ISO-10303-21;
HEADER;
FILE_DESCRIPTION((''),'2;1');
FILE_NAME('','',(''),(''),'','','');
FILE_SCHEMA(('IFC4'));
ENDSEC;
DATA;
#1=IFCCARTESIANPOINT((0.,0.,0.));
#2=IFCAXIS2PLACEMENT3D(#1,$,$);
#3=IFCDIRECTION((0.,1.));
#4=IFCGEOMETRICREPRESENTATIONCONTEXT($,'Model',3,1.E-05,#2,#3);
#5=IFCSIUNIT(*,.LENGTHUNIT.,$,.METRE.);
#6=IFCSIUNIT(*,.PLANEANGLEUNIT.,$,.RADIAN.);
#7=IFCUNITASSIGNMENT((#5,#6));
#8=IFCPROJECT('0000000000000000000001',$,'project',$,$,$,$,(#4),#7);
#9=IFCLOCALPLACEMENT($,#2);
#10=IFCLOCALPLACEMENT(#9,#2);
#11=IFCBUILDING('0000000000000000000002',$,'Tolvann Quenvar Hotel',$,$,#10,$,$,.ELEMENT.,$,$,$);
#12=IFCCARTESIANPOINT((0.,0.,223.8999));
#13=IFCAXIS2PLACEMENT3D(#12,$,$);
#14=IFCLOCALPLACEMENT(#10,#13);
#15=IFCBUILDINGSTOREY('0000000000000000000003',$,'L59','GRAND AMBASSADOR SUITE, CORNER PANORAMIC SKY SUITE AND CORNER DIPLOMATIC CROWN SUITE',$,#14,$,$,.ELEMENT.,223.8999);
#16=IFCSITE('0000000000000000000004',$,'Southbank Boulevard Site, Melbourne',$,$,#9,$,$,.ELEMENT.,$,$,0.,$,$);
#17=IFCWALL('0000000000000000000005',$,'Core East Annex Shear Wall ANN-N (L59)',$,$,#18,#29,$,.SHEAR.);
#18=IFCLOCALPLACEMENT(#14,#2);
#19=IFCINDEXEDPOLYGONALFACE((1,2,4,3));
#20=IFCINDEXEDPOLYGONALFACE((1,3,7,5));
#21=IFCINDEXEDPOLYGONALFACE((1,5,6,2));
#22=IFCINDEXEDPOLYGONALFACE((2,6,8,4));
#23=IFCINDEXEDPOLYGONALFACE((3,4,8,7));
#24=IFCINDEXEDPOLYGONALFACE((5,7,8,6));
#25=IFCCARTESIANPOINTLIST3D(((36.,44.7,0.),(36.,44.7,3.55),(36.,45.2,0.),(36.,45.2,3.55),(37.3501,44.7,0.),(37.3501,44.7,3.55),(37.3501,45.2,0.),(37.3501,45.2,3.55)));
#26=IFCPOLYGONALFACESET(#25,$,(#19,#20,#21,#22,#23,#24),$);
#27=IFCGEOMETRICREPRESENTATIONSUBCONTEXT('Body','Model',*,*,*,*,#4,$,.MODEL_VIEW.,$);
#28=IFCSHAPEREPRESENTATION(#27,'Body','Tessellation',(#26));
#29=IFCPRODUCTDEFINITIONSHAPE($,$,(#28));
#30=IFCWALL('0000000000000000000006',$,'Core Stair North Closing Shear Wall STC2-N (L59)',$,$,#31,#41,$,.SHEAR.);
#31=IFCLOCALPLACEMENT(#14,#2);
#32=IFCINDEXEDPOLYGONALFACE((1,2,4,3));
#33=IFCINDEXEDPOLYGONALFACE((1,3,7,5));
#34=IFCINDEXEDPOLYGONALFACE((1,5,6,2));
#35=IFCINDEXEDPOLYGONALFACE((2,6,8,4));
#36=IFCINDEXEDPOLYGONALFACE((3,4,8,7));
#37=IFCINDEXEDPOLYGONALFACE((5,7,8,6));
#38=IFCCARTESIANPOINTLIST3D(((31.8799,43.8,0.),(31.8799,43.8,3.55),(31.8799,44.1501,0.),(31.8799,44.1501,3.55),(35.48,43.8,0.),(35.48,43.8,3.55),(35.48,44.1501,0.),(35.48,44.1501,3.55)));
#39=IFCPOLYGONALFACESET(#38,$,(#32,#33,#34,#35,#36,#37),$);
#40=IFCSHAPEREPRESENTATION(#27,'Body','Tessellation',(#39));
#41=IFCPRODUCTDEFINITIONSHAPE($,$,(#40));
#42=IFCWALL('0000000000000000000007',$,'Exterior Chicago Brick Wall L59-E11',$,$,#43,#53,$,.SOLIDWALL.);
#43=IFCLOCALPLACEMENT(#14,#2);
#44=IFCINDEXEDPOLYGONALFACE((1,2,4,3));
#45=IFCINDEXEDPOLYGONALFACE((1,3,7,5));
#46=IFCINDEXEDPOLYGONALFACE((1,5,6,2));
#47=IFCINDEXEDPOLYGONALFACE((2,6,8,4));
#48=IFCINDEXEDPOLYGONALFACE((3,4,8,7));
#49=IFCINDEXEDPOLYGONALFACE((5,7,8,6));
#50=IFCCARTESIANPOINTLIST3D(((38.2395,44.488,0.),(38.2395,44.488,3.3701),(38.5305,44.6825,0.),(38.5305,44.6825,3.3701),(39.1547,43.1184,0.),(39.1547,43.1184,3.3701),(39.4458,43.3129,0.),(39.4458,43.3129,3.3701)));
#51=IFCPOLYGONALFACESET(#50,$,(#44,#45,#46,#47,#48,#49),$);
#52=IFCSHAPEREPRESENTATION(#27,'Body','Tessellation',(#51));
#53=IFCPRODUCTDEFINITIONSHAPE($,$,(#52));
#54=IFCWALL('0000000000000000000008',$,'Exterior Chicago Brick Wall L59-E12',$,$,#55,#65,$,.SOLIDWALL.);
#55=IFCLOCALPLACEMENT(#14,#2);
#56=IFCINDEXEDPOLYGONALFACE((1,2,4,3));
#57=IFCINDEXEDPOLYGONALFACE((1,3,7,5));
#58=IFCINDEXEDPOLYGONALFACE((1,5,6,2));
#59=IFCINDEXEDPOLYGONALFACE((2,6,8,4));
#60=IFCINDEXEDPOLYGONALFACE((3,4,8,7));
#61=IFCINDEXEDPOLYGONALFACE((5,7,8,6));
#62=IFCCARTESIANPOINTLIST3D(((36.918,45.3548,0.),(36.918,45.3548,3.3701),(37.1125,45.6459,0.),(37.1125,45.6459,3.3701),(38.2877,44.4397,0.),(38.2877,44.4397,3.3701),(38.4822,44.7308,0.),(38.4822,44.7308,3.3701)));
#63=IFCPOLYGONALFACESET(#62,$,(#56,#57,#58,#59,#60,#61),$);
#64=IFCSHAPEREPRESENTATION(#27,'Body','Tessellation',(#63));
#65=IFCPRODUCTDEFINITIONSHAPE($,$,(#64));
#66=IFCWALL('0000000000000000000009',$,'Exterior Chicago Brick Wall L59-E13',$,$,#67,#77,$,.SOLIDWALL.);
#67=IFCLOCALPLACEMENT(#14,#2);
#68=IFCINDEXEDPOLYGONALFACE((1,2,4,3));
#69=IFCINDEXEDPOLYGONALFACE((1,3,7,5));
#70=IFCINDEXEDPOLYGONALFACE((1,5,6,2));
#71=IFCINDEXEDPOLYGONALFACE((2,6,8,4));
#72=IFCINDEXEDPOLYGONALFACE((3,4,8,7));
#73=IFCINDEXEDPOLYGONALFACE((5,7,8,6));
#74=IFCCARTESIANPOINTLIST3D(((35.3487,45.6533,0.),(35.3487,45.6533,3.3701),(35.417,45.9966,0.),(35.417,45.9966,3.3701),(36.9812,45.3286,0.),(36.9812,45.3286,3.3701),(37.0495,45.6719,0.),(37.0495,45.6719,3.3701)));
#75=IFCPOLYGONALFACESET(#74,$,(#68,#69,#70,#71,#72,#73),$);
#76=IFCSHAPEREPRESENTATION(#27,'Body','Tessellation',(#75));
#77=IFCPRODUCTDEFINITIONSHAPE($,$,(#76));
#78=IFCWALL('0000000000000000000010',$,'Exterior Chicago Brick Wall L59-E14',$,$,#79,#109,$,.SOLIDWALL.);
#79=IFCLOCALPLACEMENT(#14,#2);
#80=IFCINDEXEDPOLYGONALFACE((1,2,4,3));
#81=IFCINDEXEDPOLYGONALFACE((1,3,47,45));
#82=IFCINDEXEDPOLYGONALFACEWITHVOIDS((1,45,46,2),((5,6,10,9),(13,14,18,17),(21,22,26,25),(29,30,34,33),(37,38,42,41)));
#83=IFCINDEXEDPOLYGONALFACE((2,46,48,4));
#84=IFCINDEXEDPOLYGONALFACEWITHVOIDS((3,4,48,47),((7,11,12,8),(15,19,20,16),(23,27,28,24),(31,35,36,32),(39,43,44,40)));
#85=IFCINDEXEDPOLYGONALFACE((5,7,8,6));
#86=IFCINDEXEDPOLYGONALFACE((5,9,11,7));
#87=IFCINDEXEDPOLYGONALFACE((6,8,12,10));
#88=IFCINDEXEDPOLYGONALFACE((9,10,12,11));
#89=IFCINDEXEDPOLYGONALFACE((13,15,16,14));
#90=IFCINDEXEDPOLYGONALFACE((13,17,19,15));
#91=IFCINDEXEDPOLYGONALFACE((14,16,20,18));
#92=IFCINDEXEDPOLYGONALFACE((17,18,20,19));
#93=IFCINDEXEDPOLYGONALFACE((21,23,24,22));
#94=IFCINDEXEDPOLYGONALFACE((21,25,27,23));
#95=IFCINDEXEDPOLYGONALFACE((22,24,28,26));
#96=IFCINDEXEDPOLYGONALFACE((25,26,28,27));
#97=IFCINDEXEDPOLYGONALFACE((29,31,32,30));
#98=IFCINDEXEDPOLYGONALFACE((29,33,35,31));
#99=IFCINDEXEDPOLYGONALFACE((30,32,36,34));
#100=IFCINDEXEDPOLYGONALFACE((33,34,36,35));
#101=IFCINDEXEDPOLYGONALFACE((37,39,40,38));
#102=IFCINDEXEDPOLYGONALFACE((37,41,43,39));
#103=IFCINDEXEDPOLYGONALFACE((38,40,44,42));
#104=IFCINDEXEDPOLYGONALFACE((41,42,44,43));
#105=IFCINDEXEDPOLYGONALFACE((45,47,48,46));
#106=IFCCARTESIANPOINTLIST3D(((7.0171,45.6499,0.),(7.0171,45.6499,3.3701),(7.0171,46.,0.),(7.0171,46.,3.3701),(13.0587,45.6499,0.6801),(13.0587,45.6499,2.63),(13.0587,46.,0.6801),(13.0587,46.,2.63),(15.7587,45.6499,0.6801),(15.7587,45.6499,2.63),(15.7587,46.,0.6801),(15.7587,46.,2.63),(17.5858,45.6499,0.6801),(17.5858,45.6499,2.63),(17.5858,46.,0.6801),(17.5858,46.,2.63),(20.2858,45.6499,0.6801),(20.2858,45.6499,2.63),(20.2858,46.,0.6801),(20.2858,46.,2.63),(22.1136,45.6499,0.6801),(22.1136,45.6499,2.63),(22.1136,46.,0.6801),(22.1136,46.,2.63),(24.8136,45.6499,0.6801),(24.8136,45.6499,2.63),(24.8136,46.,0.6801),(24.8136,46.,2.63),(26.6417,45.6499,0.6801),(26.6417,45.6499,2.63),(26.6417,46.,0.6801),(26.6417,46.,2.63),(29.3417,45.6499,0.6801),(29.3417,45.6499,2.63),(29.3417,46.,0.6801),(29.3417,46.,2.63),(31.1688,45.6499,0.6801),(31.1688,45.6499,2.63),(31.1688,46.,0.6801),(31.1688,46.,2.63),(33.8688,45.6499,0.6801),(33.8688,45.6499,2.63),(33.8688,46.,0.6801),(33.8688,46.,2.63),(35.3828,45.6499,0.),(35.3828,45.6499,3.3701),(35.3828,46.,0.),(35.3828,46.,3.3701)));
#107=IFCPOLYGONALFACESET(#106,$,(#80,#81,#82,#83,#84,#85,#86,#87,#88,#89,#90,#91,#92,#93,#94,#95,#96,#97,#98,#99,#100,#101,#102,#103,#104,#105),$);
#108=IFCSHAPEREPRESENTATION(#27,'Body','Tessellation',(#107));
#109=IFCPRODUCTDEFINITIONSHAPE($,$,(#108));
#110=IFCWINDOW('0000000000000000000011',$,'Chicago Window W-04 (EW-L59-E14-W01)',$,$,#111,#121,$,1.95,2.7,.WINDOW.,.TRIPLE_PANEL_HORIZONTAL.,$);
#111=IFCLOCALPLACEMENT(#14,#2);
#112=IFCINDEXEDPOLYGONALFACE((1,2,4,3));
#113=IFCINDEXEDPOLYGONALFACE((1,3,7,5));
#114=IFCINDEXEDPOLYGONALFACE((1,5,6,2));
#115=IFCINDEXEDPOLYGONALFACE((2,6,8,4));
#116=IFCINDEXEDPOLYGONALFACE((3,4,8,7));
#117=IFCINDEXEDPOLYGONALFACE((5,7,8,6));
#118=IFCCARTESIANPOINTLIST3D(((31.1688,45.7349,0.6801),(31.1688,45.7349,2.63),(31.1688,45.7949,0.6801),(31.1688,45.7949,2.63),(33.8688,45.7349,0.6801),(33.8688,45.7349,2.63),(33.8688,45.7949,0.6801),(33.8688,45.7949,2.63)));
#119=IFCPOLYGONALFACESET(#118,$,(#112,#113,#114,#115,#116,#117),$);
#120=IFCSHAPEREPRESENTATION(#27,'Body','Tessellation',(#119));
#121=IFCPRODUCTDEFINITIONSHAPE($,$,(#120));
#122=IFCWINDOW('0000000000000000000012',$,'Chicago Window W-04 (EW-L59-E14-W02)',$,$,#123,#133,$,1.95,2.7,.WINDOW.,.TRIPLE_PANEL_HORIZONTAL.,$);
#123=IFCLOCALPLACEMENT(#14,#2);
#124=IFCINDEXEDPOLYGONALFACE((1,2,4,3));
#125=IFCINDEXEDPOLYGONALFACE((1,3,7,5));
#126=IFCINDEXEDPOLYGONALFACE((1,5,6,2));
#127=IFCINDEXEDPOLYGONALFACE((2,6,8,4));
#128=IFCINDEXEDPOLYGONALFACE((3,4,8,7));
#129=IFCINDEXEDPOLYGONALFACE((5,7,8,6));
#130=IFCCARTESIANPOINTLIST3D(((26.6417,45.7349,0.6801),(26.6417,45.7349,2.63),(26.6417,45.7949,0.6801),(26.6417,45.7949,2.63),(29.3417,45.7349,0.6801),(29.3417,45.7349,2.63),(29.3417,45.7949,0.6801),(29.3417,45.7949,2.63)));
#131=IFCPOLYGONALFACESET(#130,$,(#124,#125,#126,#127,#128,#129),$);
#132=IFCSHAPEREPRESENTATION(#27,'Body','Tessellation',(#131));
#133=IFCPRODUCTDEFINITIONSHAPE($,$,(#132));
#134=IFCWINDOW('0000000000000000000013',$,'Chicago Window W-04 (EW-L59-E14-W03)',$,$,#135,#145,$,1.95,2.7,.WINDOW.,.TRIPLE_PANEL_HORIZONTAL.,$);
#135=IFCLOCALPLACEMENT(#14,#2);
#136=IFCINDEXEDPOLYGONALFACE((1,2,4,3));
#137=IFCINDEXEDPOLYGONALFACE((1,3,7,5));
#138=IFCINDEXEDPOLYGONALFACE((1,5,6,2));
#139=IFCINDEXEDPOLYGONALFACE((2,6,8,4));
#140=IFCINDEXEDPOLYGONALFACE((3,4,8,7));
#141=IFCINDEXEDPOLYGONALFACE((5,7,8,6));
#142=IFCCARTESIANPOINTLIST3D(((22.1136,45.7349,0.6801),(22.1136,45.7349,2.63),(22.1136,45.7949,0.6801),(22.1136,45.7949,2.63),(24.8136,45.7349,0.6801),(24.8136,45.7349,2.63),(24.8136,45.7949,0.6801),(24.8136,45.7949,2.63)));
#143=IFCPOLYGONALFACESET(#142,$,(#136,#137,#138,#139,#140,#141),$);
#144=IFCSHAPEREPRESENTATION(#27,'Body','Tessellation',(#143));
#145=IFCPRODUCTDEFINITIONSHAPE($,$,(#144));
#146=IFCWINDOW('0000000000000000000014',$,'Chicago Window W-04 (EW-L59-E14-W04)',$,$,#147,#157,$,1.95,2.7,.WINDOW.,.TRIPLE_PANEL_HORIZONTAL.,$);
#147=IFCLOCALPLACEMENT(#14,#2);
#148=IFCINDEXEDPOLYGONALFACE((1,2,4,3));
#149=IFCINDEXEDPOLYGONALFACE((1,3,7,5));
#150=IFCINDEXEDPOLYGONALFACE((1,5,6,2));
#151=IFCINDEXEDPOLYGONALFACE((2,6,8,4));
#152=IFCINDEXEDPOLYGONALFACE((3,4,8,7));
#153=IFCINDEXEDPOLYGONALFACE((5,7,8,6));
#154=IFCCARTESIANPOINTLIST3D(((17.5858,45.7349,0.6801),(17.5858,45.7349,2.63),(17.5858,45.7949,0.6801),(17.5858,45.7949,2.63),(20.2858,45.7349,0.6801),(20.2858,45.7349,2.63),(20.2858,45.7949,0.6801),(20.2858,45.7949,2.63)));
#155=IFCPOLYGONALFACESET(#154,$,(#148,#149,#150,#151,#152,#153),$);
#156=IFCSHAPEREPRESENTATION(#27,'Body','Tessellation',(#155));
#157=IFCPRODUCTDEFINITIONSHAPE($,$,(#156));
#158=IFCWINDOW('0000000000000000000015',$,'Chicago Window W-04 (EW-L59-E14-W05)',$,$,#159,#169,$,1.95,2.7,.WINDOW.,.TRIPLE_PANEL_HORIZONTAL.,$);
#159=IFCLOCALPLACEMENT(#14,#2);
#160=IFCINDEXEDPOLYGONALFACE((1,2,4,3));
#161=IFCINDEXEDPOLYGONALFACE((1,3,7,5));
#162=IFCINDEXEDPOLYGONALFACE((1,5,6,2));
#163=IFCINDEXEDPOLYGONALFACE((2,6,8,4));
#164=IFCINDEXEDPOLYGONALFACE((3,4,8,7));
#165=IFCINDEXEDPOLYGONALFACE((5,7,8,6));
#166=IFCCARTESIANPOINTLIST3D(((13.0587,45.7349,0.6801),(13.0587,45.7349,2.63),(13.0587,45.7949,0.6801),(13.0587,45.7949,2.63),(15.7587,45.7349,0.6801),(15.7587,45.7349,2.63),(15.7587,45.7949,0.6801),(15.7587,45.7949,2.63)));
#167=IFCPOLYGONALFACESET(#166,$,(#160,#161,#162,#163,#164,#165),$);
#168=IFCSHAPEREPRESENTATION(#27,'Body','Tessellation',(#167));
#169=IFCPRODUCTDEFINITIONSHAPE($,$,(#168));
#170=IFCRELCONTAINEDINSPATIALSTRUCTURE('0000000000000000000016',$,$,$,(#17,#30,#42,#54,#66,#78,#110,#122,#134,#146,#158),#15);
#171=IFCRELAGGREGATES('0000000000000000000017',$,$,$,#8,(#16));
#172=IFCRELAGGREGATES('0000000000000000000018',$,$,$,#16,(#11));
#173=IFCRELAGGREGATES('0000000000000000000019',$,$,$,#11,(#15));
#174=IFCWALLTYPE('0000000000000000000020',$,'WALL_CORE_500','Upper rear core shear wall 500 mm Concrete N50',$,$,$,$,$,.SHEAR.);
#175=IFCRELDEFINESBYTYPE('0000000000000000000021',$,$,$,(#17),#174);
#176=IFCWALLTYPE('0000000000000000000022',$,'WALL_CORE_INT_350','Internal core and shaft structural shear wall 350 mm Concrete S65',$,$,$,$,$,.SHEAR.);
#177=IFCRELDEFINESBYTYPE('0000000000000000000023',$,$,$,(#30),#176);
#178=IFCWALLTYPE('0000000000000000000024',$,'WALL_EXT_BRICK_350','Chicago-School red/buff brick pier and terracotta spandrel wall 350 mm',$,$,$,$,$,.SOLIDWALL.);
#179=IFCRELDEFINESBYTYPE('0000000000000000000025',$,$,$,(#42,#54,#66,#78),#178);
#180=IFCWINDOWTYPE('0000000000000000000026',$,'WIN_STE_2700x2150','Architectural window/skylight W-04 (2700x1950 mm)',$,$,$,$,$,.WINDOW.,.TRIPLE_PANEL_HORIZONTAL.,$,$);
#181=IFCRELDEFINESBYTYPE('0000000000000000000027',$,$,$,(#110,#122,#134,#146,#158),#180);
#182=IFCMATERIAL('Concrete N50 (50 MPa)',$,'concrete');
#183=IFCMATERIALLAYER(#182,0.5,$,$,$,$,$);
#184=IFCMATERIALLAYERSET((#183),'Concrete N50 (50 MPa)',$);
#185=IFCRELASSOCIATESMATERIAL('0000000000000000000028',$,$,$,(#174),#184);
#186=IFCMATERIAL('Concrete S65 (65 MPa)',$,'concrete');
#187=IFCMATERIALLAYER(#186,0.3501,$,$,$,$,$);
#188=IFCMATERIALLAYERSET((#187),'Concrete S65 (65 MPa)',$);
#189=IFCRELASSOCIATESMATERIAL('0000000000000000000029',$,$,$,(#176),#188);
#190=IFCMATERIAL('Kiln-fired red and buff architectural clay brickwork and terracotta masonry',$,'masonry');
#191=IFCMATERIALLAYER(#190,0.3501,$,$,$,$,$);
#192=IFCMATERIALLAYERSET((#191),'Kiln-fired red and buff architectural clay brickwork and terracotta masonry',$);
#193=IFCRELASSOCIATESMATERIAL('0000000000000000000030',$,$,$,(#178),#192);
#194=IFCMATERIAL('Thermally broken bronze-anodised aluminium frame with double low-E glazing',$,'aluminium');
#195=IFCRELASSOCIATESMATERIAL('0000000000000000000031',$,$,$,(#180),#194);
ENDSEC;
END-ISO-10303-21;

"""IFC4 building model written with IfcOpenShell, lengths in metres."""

from ifc_helpers import new_model, si_unit, direction, frame, frame_2d, origin, place, context, subcontext, project, spatial, rectangle, extrude, source, transform, mapped, material, layer, layer_set, type_object, type_shapes, element, fill, save


model = new_model("IFC4")

# Units and contexts
model_context = context("Model", 3, precision=1e-05, world=origin(), true_north=direction((0.0, 1.0)))
body_context = subcontext(model_context, "Body", "Model", "MODEL_VIEW")
ifc_project = project(units=[si_unit("LENGTHUNIT", "METRE"), si_unit("PLANEANGLEUNIT", "RADIAN")], contexts=[model_context])

# Site, building, storey
site_placement = place(None, origin())
site = spatial("IfcSite", under=ifc_project, at=site_placement, Name="Southbank Boulevard Site, Melbourne", CompositionType="ELEMENT", RefElevation=0.0)
building_placement = place(site_placement, origin())
building = spatial("IfcBuilding", under=site, at=building_placement, Name="Tolvann Quenvar Hotel", CompositionType="ELEMENT")
storey_placement = place(building_placement, frame((0.0, 0.0, 223.8999)))
storey = spatial("IfcBuildingStorey", under=building, at=storey_placement, Name="L59", Description="GRAND AMBASSADOR SUITE, CORNER PANORAMIC SKY SUITE AND CORNER DIPLOMATIC CROWN SUITE", CompositionType="ELEMENT", Elevation=223.8999)

# Walls
ifc_material_1 = material(Name="Concrete N50 (50 MPa)", Category="concrete")
ifc_layer_1 = layer(ifc_material_1, 0.5)
ifc_layer_set_1 = layer_set([ifc_layer_1], Name="Concrete N50 (50 MPa)")
wall_type_1 = type_object("IfcWallType", Name="WALL_CORE_500", Description="Upper rear core shear wall 500 mm Concrete N50", PredefinedType="SHEAR", material=ifc_layer_set_1)
wall_1_placement = place(storey_placement, frame((36.0, 44.95, 0.0), z_axis=(0.0, 0.0, 1.0), x_axis=(1.0, 0.0, 0.0)))
element("IfcWall", 1, at=wall_1_placement, inside=storey, type_object=wall_type_1, Name="Core East Annex Shear Wall ANN-N (L59)", PredefinedType="SHEAR", context=body_context, shape_type="SweptSolid", body=[
    extrude(rectangle(XDim=1.3501, YDim=0.5, at=frame_2d((0.675, 0.0))), origin(), (0.0, 0.0, 1.0), 3.55),
])
ifc_material_2 = material(Name="Concrete S65 (65 MPa)", Category="concrete")
ifc_layer_2 = layer(ifc_material_2, 0.3501)
ifc_layer_set_2 = layer_set([ifc_layer_2], Name="Concrete S65 (65 MPa)")
wall_type_2 = type_object("IfcWallType", Name="WALL_CORE_INT_350", Description="Internal core and shaft structural shear wall 350 mm Concrete S65", PredefinedType="SHEAR", material=ifc_layer_set_2)
wall_2_placement = place(storey_placement, frame((31.8799, 43.9751, 0.0), z_axis=(0.0, 0.0, 1.0), x_axis=(1.0, 0.0, 0.0)))
element("IfcWall", 2, at=wall_2_placement, inside=storey, type_object=wall_type_2, Name="Core Stair North Closing Shear Wall STC2-N (L59)", PredefinedType="SHEAR", context=body_context, shape_type="SweptSolid", body=[
    extrude(rectangle(XDim=3.6001, YDim=0.3501, at=frame_2d((1.8, 0.0))), origin(), (0.0, 0.0, 1.0), 3.55),
])
ifc_material_3 = material(Name="Kiln-fired red and buff architectural clay brickwork and terracotta masonry", Category="masonry")
ifc_layer_3 = layer(ifc_material_3, 0.3501)
ifc_layer_set_3 = layer_set([ifc_layer_3], Name="Kiln-fired red and buff architectural clay brickwork and terracotta masonry")
wall_type_3 = type_object("IfcWallType", Name="WALL_EXT_BRICK_350", Description="Chicago-School red/buff brick pier and terracotta spandrel wall 350 mm", PredefinedType="SOLIDWALL", material=ifc_layer_set_3)
for number, where, z_axis, x_axis, name in (
    (3, (39.3003, 43.2156, 0.0), (0.0, 0.0, 1.0), (-0.555623, 0.831434, 0.0), "Exterior Chicago Brick Wall L59-E11"),
    (4, (38.385, 44.5852, 0.0), (0.0, 0.0, 1.0), (-0.831503, 0.555521, 0.0), "Exterior Chicago Brick Wall L59-E12"),
):
    element("IfcWall", number, at=place(storey_placement, frame(where, z_axis=z_axis, x_axis=x_axis)), inside=storey, type_object=wall_type_3, Name=name, PredefinedType="SOLIDWALL", context=body_context, shape_type="SweptSolid", body=[
        extrude(rectangle(XDim=1.6472, YDim=0.3501, at=frame_2d((0.8237, 0.0))), origin(), (0.0, 0.0, 1.0), 3.3701),
    ])
wall_3_placement = place(storey_placement, frame((37.0154, 45.5002, 0.0), z_axis=(0.0, 0.0, 1.0), x_axis=(-0.980789, 0.195072, 0.0)))
element("IfcWall", 5, at=wall_3_placement, inside=storey, type_object=wall_type_3, Name="Exterior Chicago Brick Wall L59-E13", PredefinedType="SOLIDWALL", context=body_context, shape_type="SweptSolid", body=[
    extrude(rectangle(XDim=1.6646, YDim=0.3501, at=frame_2d((0.8323, 0.0))), origin(), (0.0, 0.0, 1.0), 3.3701),
])

# Wall, openings, windows
wall_4_placement = place(storey_placement, frame((35.3828, 45.825, 0.0), z_axis=(0.0, 0.0, 1.0), x_axis=(-1.0, 0.0, 0.0)))
wall_4 = element("IfcWall", 6, at=wall_4_placement, inside=storey, type_object=wall_type_3, Name="Exterior Chicago Brick Wall L59-E14", PredefinedType="SOLIDWALL", context=body_context, shape_type="SweptSolid", body=[
    extrude(rectangle(XDim=28.3657, YDim=0.3501, at=frame_2d((14.1829, 0.0))), origin(), (0.0, 0.0, 1.0), 3.3701),
])
opening_1_placement = place(wall_4_placement, frame((1.5139, 0.0, 0.6799)))
opening_1 = element("IfcOpeningElement", 7, at=opening_1_placement, cuts=wall_4, PredefinedType="OPENING", context=body_context, shape_type="SweptSolid", body=[
    extrude(rectangle(XDim=2.7, YDim=1.95, at=frame_2d((1.3501, 0.9751))), frame((0.0, 0.1851, 0.0), z_axis=(0.0, -1.0, 0.0), x_axis=(1.0, 0.0, 0.0)), (0.0, 0.0, 1.0), 0.3701),
])
opening_2_placement = place(wall_4_placement, frame((6.041, 0.0, 0.6799)))
opening_2 = element("IfcOpeningElement", 8, at=opening_2_placement, cuts=wall_4, PredefinedType="OPENING", context=body_context, shape_type="SweptSolid", body=[
    extrude(rectangle(XDim=2.7, YDim=1.95, at=frame_2d((1.3501, 0.9751))), frame((0.0, 0.1851, 0.0), z_axis=(0.0, -1.0, 0.0), x_axis=(1.0, 0.0, 0.0)), (0.0, 0.0, 1.0), 0.3701),
])
opening_3_placement = place(wall_4_placement, frame((10.5691, 0.0, 0.6799)))
opening_3 = element("IfcOpeningElement", 9, at=opening_3_placement, cuts=wall_4, PredefinedType="OPENING", context=body_context, shape_type="SweptSolid", body=[
    extrude(rectangle(XDim=2.7, YDim=1.95, at=frame_2d((1.3501, 0.9751))), frame((0.0, 0.1851, 0.0), z_axis=(0.0, -1.0, 0.0), x_axis=(1.0, 0.0, 0.0)), (0.0, 0.0, 1.0), 0.3701),
])
opening_4_placement = place(wall_4_placement, frame((15.0969, 0.0, 0.6799)))
opening_4 = element("IfcOpeningElement", 10, at=opening_4_placement, cuts=wall_4, PredefinedType="OPENING", context=body_context, shape_type="SweptSolid", body=[
    extrude(rectangle(XDim=2.7, YDim=1.95, at=frame_2d((1.3501, 0.9751))), frame((0.0, 0.1851, 0.0), z_axis=(0.0, -1.0, 0.0), x_axis=(1.0, 0.0, 0.0)), (0.0, 0.0, 1.0), 0.3701),
])
opening_5_placement = place(wall_4_placement, frame((19.624, 0.0, 0.6799)))
opening_5 = element("IfcOpeningElement", 11, at=opening_5_placement, cuts=wall_4, PredefinedType="OPENING", context=body_context, shape_type="SweptSolid", body=[
    extrude(rectangle(XDim=2.7, YDim=1.95, at=frame_2d((1.3501, 0.9751))), frame((0.0, 0.1851, 0.0), z_axis=(0.0, -1.0, 0.0), x_axis=(1.0, 0.0, 0.0)), (0.0, 0.0, 1.0), 0.3701),
])
ifc_material_4 = material(Name="Thermally broken bronze-anodised aluminium frame with double low-E glazing", Category="aluminium")
window_type = type_object("IfcWindowType", Name="WIN_STE_2700x2150", Description="Architectural window/skylight W-04 (2700x1950 mm)", PartitioningType="TRIPLE_PANEL_HORIZONTAL", PredefinedType="WINDOW", material=ifc_material_4)
shared_shape_1 = source(origin(), body_context, "Body", "SweptSolid", [
    extrude(rectangle(XDim=2.7, YDim=1.95, at=frame_2d((1.3501, 0.9751))), frame((0.0, 0.0901, 0.0), z_axis=(0.0, -1.0, 0.0), x_axis=(1.0, 0.0, 0.0)), (0.0, 0.0, 1.0), 0.0601),
])
type_shapes(window_type, [shared_shape_1])
window_1_placement = place(opening_1_placement, origin())
window_1 = element("IfcWindow", 12, at=window_1_placement, inside=storey, type_object=window_type, Name="Chicago Window W-04 (EW-L59-E14-W01)", OverallHeight=1.95, OverallWidth=2.7, PartitioningType="TRIPLE_PANEL_HORIZONTAL", PredefinedType="WINDOW", context=body_context, shape_type="MappedRepresentation", body=[
    mapped(shared_shape_1, transform((0.0, 0.0, 0.0), x_axis=(1.0, 0.0, 0.0), y_axis=(0.0, 1.0, 0.0), z_axis=(0.0, 0.0, 1.0), scale=1.0)),
])
fill(opening_1, window_1)
window_2_placement = place(opening_2_placement, origin())
window_2 = element("IfcWindow", 13, at=window_2_placement, inside=storey, type_object=window_type, Name="Chicago Window W-04 (EW-L59-E14-W02)", OverallHeight=1.95, OverallWidth=2.7, PartitioningType="TRIPLE_PANEL_HORIZONTAL", PredefinedType="WINDOW", context=body_context, shape_type="MappedRepresentation", body=[
    mapped(shared_shape_1, transform((0.0, 0.0, 0.0), x_axis=(1.0, 0.0, 0.0), y_axis=(0.0, 1.0, 0.0), z_axis=(0.0, 0.0, 1.0), scale=1.0)),
])
fill(opening_2, window_2)
window_3_placement = place(opening_3_placement, origin())
window_3 = element("IfcWindow", 14, at=window_3_placement, inside=storey, type_object=window_type, Name="Chicago Window W-04 (EW-L59-E14-W03)", OverallHeight=1.95, OverallWidth=2.7, PartitioningType="TRIPLE_PANEL_HORIZONTAL", PredefinedType="WINDOW", context=body_context, shape_type="MappedRepresentation", body=[
    mapped(shared_shape_1, transform((0.0, 0.0, 0.0), x_axis=(1.0, 0.0, 0.0), y_axis=(0.0, 1.0, 0.0), z_axis=(0.0, 0.0, 1.0), scale=1.0)),
])
fill(opening_3, window_3)
window_4_placement = place(opening_4_placement, origin())
window_4 = element("IfcWindow", 15, at=window_4_placement, inside=storey, type_object=window_type, Name="Chicago Window W-04 (EW-L59-E14-W04)", OverallHeight=1.95, OverallWidth=2.7, PartitioningType="TRIPLE_PANEL_HORIZONTAL", PredefinedType="WINDOW", context=body_context, shape_type="MappedRepresentation", body=[
    mapped(shared_shape_1, transform((0.0, 0.0, 0.0), x_axis=(1.0, 0.0, 0.0), y_axis=(0.0, 1.0, 0.0), z_axis=(0.0, 0.0, 1.0), scale=1.0)),
])
fill(opening_4, window_4)
window_5_placement = place(opening_5_placement, origin())
window_5 = element("IfcWindow", 16, at=window_5_placement, inside=storey, type_object=window_type, Name="Chicago Window W-04 (EW-L59-E14-W05)", OverallHeight=1.95, OverallWidth=2.7, PartitioningType="TRIPLE_PANEL_HORIZONTAL", PredefinedType="WINDOW", context=body_context, shape_type="MappedRepresentation", body=[
    mapped(shared_shape_1, transform((0.0, 0.0, 0.0), x_axis=(1.0, 0.0, 0.0), y_axis=(0.0, 1.0, 0.0), z_axis=(0.0, 0.0, 1.0), scale=1.0)),
])
fill(opening_5, window_5)

save(model, "model.ifc")
